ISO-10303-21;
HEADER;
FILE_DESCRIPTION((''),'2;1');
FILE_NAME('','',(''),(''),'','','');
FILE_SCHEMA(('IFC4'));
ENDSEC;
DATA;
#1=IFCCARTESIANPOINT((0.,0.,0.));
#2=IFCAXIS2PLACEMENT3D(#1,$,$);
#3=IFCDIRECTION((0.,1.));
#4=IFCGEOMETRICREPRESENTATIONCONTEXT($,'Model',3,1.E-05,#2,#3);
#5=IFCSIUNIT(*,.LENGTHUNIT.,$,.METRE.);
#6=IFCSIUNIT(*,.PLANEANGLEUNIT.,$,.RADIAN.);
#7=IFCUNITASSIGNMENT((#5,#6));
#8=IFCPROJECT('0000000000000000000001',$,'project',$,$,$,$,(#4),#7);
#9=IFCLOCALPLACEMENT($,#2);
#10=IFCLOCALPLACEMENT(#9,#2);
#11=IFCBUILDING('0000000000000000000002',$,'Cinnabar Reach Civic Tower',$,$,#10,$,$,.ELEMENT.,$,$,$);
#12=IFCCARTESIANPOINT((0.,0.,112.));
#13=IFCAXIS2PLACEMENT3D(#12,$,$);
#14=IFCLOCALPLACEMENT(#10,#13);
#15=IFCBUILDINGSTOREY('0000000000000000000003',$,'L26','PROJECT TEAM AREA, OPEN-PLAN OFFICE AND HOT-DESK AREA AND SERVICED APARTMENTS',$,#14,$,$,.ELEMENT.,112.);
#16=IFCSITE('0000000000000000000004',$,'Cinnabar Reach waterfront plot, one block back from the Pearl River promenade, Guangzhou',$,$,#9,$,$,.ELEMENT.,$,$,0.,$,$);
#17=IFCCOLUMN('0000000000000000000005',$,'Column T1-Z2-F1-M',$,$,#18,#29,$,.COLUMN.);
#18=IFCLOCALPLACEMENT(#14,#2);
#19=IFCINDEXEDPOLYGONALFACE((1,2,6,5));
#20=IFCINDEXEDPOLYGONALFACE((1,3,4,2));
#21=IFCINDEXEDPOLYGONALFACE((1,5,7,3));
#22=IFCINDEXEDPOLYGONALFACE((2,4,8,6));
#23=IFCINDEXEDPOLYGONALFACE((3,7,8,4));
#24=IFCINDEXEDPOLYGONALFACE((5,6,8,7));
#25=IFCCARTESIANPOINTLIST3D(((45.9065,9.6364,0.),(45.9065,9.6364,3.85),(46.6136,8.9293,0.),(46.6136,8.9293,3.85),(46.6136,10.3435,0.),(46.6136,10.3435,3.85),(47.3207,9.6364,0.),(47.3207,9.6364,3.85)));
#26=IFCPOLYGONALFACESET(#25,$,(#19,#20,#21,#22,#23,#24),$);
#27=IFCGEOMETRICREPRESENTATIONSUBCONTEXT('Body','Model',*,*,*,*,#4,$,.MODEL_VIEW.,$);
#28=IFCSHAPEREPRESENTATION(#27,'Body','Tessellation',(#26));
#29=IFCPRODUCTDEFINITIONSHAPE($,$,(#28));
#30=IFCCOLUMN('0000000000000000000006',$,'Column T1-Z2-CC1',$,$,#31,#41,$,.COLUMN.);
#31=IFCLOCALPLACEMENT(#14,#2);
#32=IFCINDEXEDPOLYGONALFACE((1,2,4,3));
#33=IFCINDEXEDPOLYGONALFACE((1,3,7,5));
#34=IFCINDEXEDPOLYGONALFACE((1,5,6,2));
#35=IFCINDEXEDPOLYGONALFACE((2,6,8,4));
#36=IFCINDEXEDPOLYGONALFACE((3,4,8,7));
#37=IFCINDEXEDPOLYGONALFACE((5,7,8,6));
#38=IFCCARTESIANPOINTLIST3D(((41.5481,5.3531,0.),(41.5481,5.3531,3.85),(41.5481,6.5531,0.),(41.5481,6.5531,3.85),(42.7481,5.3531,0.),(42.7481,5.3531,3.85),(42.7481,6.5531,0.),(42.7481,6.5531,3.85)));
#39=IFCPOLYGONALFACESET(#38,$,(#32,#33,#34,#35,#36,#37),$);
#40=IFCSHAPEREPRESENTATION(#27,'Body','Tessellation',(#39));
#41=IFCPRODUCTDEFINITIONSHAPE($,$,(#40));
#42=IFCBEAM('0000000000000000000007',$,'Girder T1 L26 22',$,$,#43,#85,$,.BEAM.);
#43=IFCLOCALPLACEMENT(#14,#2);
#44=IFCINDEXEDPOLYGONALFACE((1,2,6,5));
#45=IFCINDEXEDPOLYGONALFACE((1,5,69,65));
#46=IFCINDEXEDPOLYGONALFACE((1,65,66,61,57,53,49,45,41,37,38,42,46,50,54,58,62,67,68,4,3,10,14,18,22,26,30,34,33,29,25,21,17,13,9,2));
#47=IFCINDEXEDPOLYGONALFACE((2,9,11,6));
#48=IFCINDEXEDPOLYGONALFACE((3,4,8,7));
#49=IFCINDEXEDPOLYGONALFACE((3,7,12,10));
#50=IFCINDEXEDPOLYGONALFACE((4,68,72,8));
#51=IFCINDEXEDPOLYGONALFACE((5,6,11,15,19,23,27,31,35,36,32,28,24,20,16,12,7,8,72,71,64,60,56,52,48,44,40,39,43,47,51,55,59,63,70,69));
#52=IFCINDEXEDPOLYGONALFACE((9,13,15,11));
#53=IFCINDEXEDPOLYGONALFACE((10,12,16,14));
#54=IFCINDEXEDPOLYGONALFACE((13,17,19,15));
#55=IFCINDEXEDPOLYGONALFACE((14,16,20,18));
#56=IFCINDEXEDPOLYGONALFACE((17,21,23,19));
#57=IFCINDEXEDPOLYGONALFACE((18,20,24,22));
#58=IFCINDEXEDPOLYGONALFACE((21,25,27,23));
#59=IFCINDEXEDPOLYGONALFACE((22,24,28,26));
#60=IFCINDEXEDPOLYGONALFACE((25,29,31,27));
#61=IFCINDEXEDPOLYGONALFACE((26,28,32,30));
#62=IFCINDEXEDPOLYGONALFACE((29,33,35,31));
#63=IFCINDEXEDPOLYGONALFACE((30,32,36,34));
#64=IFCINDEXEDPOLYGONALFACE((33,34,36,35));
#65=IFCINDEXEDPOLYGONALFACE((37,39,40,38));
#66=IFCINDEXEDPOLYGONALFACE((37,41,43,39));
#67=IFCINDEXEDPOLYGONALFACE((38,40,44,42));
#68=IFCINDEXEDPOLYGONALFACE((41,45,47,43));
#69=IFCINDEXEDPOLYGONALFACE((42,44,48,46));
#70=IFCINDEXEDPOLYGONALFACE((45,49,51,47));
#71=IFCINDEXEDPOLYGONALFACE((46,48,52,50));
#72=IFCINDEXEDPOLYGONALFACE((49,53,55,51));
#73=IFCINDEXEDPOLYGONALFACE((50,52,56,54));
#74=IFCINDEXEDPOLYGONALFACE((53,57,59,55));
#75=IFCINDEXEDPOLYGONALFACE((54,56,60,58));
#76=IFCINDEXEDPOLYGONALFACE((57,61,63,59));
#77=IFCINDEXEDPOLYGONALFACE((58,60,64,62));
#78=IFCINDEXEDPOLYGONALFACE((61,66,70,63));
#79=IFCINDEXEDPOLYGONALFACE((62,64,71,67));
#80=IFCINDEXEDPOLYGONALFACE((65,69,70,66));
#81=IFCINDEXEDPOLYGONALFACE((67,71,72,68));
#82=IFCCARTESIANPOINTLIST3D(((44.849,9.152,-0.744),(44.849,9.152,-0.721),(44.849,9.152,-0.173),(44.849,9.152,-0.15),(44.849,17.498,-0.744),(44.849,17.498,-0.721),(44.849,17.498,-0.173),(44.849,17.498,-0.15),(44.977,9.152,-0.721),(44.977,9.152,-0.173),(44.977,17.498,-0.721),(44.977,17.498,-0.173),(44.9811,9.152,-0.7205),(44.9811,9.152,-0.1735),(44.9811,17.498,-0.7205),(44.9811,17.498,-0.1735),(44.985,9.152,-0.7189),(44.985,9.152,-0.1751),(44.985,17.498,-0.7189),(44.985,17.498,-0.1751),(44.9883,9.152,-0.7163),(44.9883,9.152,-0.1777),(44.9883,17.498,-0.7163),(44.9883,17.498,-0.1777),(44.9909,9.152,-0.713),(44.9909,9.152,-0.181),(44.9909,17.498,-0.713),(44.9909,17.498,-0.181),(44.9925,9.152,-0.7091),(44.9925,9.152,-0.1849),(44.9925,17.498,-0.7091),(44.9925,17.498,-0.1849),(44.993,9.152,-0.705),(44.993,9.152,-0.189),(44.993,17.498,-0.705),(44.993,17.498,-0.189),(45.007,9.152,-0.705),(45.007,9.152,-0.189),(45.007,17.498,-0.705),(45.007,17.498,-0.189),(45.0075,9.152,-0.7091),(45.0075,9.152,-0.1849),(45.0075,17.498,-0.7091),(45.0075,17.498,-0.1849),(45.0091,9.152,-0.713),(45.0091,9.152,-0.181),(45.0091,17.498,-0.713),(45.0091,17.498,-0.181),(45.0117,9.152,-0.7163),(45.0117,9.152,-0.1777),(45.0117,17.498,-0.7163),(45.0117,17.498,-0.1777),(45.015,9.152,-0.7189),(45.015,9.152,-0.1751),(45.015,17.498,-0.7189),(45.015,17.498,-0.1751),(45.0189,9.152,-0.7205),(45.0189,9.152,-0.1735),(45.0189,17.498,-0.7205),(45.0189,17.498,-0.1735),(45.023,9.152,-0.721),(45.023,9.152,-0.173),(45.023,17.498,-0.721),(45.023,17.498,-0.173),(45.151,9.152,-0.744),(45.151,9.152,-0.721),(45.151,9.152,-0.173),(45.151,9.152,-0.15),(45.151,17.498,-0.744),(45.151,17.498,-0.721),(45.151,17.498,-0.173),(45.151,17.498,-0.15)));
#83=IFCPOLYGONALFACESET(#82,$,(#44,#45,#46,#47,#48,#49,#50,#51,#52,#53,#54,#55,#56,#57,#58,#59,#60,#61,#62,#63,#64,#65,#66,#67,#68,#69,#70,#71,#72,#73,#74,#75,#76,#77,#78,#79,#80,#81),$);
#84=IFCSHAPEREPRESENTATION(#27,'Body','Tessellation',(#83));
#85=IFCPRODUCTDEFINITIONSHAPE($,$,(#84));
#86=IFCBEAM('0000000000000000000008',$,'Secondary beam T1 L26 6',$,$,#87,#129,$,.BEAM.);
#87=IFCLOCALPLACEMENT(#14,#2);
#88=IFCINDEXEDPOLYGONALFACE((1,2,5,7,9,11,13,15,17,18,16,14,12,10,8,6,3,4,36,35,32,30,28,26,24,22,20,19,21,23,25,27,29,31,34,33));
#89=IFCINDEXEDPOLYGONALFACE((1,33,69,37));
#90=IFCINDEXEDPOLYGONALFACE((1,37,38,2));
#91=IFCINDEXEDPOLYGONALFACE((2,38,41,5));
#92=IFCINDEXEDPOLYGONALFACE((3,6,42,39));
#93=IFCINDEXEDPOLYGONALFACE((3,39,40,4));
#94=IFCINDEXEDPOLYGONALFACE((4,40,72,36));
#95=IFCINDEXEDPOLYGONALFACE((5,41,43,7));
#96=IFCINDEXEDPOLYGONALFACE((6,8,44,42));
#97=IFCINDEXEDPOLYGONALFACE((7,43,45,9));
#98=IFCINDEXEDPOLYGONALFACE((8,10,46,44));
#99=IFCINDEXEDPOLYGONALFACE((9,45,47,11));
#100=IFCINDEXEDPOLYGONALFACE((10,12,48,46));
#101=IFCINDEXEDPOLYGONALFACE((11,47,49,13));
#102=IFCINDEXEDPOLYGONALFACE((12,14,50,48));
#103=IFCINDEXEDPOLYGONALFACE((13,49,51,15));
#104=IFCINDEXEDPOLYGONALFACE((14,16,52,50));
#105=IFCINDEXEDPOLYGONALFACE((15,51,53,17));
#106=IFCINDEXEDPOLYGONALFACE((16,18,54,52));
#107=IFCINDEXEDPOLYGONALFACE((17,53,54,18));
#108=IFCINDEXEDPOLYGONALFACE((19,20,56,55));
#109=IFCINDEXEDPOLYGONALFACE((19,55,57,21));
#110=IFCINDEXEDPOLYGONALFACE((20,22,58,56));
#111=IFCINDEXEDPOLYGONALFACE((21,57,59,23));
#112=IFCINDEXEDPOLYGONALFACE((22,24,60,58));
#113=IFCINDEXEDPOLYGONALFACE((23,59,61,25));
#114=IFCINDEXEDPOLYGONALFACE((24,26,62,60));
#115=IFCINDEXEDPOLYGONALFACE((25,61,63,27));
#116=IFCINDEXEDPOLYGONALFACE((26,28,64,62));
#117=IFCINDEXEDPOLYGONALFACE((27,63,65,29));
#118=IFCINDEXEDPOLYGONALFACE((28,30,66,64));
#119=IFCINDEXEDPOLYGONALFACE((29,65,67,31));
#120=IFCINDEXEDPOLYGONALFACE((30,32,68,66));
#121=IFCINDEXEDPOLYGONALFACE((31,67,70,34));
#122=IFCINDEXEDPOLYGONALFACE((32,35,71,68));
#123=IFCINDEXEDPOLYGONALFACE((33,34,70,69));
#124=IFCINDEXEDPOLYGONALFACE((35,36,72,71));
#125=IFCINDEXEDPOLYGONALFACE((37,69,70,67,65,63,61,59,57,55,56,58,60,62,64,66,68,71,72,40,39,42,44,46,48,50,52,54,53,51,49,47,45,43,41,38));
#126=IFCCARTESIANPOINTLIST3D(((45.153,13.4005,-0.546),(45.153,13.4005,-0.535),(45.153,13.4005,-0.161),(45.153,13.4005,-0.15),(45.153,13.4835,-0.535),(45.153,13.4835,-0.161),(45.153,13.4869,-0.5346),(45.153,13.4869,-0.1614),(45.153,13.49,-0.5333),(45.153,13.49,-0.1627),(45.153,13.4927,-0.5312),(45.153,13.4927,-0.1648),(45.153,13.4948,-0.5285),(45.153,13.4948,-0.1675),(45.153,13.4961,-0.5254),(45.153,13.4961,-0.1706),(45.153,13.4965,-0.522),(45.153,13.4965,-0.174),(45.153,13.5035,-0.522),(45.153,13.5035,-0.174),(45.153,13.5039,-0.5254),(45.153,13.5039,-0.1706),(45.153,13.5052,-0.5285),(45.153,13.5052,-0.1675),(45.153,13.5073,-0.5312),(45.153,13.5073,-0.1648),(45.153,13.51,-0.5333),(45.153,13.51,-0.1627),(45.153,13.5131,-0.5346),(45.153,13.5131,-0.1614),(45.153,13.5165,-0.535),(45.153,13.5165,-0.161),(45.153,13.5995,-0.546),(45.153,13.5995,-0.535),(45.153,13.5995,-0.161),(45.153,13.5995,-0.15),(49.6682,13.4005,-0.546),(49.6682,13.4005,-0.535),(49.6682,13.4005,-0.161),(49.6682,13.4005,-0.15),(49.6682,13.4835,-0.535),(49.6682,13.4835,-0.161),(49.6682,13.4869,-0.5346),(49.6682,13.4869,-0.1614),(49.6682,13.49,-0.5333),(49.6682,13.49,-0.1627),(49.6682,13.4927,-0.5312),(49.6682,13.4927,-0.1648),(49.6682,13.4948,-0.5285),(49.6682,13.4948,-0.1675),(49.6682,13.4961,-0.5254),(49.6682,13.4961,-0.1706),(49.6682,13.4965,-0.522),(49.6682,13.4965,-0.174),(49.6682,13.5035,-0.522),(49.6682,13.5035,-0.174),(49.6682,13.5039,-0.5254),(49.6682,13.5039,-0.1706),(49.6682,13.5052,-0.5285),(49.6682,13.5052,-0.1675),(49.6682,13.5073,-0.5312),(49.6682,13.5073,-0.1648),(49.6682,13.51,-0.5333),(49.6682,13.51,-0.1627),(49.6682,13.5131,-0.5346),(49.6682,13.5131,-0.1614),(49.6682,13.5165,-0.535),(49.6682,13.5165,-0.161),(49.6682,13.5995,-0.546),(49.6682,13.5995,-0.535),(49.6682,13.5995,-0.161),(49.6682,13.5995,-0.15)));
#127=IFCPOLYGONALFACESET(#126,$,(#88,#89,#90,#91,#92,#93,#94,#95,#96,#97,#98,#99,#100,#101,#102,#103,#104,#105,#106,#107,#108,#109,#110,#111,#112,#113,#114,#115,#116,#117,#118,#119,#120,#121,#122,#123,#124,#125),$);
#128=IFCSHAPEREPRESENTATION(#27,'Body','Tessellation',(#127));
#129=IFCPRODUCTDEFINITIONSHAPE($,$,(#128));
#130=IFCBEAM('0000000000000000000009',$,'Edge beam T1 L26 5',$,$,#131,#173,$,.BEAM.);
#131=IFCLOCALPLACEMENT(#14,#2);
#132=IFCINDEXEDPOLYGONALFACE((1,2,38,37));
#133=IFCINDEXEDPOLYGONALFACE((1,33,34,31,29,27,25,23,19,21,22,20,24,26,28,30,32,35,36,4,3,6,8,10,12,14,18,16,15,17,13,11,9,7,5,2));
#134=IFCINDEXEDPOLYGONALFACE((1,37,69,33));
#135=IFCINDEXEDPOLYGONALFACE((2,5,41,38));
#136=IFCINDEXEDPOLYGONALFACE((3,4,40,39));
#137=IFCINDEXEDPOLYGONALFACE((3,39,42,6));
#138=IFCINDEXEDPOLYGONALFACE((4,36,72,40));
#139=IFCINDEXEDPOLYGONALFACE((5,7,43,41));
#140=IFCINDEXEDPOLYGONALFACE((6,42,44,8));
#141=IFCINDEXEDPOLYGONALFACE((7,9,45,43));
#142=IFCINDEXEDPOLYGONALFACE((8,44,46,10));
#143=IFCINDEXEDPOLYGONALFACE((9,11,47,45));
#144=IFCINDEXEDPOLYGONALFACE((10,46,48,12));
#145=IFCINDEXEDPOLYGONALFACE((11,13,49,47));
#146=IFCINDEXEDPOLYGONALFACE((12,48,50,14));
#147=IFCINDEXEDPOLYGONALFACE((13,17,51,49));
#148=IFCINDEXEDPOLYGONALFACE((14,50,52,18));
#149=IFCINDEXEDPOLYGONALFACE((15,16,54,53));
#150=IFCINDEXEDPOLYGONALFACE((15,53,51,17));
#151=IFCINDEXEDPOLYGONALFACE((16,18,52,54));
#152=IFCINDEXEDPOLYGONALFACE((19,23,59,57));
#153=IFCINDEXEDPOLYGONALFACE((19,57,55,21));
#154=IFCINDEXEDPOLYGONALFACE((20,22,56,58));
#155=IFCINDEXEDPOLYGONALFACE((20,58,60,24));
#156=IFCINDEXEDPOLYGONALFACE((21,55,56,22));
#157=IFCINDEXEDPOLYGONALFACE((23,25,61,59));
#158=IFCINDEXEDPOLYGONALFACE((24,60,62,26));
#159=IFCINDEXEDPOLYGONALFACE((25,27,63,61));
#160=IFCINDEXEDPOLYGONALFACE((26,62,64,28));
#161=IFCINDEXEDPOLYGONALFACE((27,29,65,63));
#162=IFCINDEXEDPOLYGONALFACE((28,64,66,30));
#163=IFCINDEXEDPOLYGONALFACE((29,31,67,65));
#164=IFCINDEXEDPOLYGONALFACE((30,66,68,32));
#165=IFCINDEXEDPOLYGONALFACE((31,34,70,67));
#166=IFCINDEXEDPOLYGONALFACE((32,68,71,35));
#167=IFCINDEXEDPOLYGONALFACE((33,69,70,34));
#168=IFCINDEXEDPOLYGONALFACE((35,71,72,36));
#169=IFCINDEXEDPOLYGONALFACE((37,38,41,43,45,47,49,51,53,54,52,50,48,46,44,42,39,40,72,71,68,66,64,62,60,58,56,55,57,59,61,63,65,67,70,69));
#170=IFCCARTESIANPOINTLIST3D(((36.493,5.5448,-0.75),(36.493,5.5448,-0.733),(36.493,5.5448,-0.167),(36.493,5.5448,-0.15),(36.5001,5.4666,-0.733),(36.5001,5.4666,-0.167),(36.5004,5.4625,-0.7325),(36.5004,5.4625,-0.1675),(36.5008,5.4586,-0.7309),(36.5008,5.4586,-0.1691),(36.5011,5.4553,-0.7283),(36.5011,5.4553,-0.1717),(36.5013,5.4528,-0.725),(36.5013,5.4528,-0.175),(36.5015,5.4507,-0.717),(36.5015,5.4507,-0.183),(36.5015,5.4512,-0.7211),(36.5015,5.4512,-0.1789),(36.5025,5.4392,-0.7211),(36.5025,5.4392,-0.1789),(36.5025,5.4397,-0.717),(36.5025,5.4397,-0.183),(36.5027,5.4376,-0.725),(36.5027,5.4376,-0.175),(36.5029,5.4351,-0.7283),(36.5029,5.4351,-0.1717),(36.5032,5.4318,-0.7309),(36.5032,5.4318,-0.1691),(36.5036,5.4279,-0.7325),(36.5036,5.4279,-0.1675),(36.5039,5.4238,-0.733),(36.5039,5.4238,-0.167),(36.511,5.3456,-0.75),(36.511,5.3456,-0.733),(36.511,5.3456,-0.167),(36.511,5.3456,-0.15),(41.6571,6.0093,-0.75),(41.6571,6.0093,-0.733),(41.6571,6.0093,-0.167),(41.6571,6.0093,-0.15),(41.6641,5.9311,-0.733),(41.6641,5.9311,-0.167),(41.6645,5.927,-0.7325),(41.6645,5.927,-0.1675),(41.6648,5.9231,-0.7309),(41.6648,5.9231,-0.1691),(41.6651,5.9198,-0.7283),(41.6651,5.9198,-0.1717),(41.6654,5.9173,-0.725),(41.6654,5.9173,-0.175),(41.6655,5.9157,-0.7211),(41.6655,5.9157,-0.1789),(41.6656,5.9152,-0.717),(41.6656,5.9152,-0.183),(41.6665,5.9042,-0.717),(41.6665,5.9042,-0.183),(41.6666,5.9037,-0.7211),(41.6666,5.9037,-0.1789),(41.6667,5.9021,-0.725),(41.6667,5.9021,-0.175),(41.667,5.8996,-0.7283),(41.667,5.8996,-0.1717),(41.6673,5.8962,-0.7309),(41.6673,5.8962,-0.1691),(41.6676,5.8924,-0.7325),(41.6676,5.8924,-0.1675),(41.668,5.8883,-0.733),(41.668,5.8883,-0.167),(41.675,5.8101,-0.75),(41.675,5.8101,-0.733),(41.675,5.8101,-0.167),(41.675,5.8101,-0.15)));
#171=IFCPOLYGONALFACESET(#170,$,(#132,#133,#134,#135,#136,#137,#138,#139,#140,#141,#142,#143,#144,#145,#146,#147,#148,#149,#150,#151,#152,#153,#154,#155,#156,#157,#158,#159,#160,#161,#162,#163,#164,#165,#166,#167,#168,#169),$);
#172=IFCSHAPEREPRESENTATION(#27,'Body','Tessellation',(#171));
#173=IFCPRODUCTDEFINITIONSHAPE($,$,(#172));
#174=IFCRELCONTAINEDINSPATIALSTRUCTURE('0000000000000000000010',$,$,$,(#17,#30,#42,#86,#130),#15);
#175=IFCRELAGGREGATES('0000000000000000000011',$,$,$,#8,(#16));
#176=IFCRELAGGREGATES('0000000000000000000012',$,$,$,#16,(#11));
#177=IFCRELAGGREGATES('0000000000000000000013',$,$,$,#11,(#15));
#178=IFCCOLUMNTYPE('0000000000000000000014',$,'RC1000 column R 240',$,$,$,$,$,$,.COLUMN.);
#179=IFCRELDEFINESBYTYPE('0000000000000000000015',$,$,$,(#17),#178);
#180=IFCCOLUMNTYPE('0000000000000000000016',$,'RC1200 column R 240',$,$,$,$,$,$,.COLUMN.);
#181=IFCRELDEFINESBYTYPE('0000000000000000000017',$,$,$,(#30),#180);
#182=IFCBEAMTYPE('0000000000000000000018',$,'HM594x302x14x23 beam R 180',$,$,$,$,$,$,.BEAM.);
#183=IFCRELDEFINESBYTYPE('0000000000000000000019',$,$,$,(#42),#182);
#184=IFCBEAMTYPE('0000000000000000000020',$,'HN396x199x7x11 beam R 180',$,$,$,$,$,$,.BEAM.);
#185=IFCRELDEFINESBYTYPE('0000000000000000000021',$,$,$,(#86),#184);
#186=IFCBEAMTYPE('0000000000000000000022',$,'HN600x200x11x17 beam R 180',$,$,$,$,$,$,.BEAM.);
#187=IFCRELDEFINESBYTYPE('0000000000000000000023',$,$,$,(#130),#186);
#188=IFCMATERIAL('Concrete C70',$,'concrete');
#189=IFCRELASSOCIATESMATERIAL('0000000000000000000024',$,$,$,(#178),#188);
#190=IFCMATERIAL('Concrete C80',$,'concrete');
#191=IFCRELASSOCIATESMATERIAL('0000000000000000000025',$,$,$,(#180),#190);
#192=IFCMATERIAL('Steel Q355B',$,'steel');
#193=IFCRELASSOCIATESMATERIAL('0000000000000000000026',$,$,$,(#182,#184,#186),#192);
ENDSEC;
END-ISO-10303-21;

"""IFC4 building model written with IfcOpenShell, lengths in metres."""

from ifc_helpers import new_model, si_unit, direction, frame, origin, origin_2d, place, context, subcontext, project, spatial, rectangle, i_section, extrude, material, material_profile, profile_set, type_object, element, save


model = new_model("IFC4")

# Units and contexts
model_context = context("Model", 3, precision=1e-05, world=origin(), true_north=direction((0.0, 1.0)))
body_context = subcontext(model_context, "Body", "Model", "MODEL_VIEW")
ifc_project = project(units=[si_unit("LENGTHUNIT", "METRE"), si_unit("PLANEANGLEUNIT", "RADIAN")], contexts=[model_context])

# Site, building, storey
site_placement = place(None, origin())
site = spatial("IfcSite", under=ifc_project, at=site_placement, Name="Cinnabar Reach waterfront plot, one block back from the Pearl River promenade, Guangzhou", CompositionType="ELEMENT", RefElevation=0.0)
building_placement = place(site_placement, origin())
building = spatial("IfcBuilding", under=site, at=building_placement, Name="Cinnabar Reach Civic Tower", CompositionType="ELEMENT")
storey_placement = place(building_placement, frame((0.0, 0.0, 112.0)))
storey = spatial("IfcBuildingStorey", under=building, at=storey_placement, Name="L26", Description="PROJECT TEAM AREA, OPEN-PLAN OFFICE AND HOT-DESK AREA AND SERVICED APARTMENTS", CompositionType="ELEMENT", Elevation=112.0)

# Columns
ifc_material_1 = material(Name="Concrete C70", Category="concrete")
ifc_material_profile_1 = material_profile(ifc_material_1, rectangle(XDim=1.0, YDim=1.0, at=origin_2d()), Name="RC1000")
ifc_profile_set_1 = profile_set([ifc_material_profile_1], Name="Concrete C70")
column_type_1 = type_object("IfcColumnType", Name="RC1000 column R 240", PredefinedType="COLUMN", material=ifc_profile_set_1)
column_1_placement = place(storey_placement, frame((46.6136, 9.6364, 0.0), z_axis=(0.0, 0.0, 1.0), x_axis=(0.707107, 0.707107, 0.0)))
element("IfcColumn", 1, at=column_1_placement, inside=storey, type_object=column_type_1, Name="Column T1-Z2-F1-M", PredefinedType="COLUMN", context=body_context, shape_type="SweptSolid", body=[
    extrude(rectangle(XDim=1.0, YDim=1.0, at=origin_2d()), origin(), (0.0, 0.0, 1.0), 3.85),
])
ifc_material_2 = material(Name="Concrete C80", Category="concrete")
ifc_material_profile_2 = material_profile(ifc_material_2, rectangle(XDim=1.2, YDim=1.2, at=origin_2d()), Name="RC1200")
ifc_profile_set_2 = profile_set([ifc_material_profile_2], Name="Concrete C80")
column_type_2 = type_object("IfcColumnType", Name="RC1200 column R 240", PredefinedType="COLUMN", material=ifc_profile_set_2)
column_2_placement = place(storey_placement, frame((42.1481, 5.9531, 0.0), z_axis=(0.0, 0.0, 1.0), x_axis=(1.0, 0.0, 0.0)))
element("IfcColumn", 2, at=column_2_placement, inside=storey, type_object=column_type_2, Name="Column T1-Z2-CC1", PredefinedType="COLUMN", context=body_context, shape_type="SweptSolid", body=[
    extrude(rectangle(XDim=1.2, YDim=1.2, at=origin_2d()), origin(), (0.0, 0.0, 1.0), 3.85),
])

# Beams
ifc_material_3 = material(Name="Steel Q355B", Category="steel")
ifc_material_profile_3 = material_profile(ifc_material_3, i_section(OverallWidth=0.302, OverallDepth=0.594, WebThickness=0.014, FlangeThickness=0.023, FilletRadius=0.016, at=origin_2d()), Name="HM594x302x14x23")
ifc_profile_set_3 = profile_set([ifc_material_profile_3], Name="Steel Q355B")
beam_type_1 = type_object("IfcBeamType", Name="HM594x302x14x23 beam R 180", PredefinedType="BEAM", material=ifc_profile_set_3)
beam_1_placement = place(storey_placement, frame((45.0, 9.152, -0.447), z_axis=(0.0, 1.0, 0.0), x_axis=(-1.0, 0.0, 0.0)))
element("IfcBeam", 3, at=beam_1_placement, inside=storey, type_object=beam_type_1, Name="Girder T1 L26 22", PredefinedType="BEAM", context=body_context, shape_type="SweptSolid", body=[
    extrude(i_section(OverallWidth=0.302, OverallDepth=0.594, WebThickness=0.014, FlangeThickness=0.023, FilletRadius=0.016, at=origin_2d()), origin(), (0.0, 0.0, 1.0), 8.346),
])
ifc_material_profile_4 = material_profile(ifc_material_3, i_section(OverallWidth=0.199, OverallDepth=0.396, WebThickness=0.007, FlangeThickness=0.011, FilletRadius=0.013, at=origin_2d()), Name="HN396x199x7x11")
ifc_profile_set_4 = profile_set([ifc_material_profile_4], Name="Steel Q355B")
beam_type_2 = type_object("IfcBeamType", Name="HN396x199x7x11 beam R 180", PredefinedType="BEAM", material=ifc_profile_set_4)
beam_2_placement = place(storey_placement, frame((45.153, 13.5, -0.348), z_axis=(1.0, 0.0, 0.0), x_axis=(0.0, 1.0, 0.0)))
element("IfcBeam", 4, at=beam_2_placement, inside=storey, type_object=beam_type_2, Name="Secondary beam T1 L26 6", PredefinedType="BEAM", context=body_context, shape_type="SweptSolid", body=[
    extrude(i_section(OverallWidth=0.199, OverallDepth=0.396, WebThickness=0.007, FlangeThickness=0.011, FilletRadius=0.013, at=origin_2d()), origin(), (0.0, 0.0, 1.0), 4.5152),
])
ifc_material_profile_5 = material_profile(ifc_material_3, i_section(OverallWidth=0.2, OverallDepth=0.6, WebThickness=0.011, FlangeThickness=0.017, FilletRadius=0.016, at=origin_2d()), Name="HN600x200x11x17")
ifc_profile_set_5 = profile_set([ifc_material_profile_5], Name="Steel Q355B")
beam_type_3 = type_object("IfcBeamType", Name="HN600x200x11x17 beam R 180", PredefinedType="BEAM", material=ifc_profile_set_5)
beam_3_placement = place(storey_placement, frame((36.502, 5.4452, -0.45), z_axis=(0.995979, 0.089586, 0.0), x_axis=(-0.089586, 0.995979, 0.0)))
element("IfcBeam", 5, at=beam_3_placement, inside=storey, type_object=beam_type_3, Name="Edge beam T1 L26 5", PredefinedType="BEAM", context=body_context, shape_type="SweptSolid", body=[
    extrude(i_section(OverallWidth=0.2, OverallDepth=0.6, WebThickness=0.011, FlangeThickness=0.017, FilletRadius=0.016, at=origin_2d()), origin(), (0.0, 0.0, 1.0), 5.1849),
])

save(model, "model.ifc")
